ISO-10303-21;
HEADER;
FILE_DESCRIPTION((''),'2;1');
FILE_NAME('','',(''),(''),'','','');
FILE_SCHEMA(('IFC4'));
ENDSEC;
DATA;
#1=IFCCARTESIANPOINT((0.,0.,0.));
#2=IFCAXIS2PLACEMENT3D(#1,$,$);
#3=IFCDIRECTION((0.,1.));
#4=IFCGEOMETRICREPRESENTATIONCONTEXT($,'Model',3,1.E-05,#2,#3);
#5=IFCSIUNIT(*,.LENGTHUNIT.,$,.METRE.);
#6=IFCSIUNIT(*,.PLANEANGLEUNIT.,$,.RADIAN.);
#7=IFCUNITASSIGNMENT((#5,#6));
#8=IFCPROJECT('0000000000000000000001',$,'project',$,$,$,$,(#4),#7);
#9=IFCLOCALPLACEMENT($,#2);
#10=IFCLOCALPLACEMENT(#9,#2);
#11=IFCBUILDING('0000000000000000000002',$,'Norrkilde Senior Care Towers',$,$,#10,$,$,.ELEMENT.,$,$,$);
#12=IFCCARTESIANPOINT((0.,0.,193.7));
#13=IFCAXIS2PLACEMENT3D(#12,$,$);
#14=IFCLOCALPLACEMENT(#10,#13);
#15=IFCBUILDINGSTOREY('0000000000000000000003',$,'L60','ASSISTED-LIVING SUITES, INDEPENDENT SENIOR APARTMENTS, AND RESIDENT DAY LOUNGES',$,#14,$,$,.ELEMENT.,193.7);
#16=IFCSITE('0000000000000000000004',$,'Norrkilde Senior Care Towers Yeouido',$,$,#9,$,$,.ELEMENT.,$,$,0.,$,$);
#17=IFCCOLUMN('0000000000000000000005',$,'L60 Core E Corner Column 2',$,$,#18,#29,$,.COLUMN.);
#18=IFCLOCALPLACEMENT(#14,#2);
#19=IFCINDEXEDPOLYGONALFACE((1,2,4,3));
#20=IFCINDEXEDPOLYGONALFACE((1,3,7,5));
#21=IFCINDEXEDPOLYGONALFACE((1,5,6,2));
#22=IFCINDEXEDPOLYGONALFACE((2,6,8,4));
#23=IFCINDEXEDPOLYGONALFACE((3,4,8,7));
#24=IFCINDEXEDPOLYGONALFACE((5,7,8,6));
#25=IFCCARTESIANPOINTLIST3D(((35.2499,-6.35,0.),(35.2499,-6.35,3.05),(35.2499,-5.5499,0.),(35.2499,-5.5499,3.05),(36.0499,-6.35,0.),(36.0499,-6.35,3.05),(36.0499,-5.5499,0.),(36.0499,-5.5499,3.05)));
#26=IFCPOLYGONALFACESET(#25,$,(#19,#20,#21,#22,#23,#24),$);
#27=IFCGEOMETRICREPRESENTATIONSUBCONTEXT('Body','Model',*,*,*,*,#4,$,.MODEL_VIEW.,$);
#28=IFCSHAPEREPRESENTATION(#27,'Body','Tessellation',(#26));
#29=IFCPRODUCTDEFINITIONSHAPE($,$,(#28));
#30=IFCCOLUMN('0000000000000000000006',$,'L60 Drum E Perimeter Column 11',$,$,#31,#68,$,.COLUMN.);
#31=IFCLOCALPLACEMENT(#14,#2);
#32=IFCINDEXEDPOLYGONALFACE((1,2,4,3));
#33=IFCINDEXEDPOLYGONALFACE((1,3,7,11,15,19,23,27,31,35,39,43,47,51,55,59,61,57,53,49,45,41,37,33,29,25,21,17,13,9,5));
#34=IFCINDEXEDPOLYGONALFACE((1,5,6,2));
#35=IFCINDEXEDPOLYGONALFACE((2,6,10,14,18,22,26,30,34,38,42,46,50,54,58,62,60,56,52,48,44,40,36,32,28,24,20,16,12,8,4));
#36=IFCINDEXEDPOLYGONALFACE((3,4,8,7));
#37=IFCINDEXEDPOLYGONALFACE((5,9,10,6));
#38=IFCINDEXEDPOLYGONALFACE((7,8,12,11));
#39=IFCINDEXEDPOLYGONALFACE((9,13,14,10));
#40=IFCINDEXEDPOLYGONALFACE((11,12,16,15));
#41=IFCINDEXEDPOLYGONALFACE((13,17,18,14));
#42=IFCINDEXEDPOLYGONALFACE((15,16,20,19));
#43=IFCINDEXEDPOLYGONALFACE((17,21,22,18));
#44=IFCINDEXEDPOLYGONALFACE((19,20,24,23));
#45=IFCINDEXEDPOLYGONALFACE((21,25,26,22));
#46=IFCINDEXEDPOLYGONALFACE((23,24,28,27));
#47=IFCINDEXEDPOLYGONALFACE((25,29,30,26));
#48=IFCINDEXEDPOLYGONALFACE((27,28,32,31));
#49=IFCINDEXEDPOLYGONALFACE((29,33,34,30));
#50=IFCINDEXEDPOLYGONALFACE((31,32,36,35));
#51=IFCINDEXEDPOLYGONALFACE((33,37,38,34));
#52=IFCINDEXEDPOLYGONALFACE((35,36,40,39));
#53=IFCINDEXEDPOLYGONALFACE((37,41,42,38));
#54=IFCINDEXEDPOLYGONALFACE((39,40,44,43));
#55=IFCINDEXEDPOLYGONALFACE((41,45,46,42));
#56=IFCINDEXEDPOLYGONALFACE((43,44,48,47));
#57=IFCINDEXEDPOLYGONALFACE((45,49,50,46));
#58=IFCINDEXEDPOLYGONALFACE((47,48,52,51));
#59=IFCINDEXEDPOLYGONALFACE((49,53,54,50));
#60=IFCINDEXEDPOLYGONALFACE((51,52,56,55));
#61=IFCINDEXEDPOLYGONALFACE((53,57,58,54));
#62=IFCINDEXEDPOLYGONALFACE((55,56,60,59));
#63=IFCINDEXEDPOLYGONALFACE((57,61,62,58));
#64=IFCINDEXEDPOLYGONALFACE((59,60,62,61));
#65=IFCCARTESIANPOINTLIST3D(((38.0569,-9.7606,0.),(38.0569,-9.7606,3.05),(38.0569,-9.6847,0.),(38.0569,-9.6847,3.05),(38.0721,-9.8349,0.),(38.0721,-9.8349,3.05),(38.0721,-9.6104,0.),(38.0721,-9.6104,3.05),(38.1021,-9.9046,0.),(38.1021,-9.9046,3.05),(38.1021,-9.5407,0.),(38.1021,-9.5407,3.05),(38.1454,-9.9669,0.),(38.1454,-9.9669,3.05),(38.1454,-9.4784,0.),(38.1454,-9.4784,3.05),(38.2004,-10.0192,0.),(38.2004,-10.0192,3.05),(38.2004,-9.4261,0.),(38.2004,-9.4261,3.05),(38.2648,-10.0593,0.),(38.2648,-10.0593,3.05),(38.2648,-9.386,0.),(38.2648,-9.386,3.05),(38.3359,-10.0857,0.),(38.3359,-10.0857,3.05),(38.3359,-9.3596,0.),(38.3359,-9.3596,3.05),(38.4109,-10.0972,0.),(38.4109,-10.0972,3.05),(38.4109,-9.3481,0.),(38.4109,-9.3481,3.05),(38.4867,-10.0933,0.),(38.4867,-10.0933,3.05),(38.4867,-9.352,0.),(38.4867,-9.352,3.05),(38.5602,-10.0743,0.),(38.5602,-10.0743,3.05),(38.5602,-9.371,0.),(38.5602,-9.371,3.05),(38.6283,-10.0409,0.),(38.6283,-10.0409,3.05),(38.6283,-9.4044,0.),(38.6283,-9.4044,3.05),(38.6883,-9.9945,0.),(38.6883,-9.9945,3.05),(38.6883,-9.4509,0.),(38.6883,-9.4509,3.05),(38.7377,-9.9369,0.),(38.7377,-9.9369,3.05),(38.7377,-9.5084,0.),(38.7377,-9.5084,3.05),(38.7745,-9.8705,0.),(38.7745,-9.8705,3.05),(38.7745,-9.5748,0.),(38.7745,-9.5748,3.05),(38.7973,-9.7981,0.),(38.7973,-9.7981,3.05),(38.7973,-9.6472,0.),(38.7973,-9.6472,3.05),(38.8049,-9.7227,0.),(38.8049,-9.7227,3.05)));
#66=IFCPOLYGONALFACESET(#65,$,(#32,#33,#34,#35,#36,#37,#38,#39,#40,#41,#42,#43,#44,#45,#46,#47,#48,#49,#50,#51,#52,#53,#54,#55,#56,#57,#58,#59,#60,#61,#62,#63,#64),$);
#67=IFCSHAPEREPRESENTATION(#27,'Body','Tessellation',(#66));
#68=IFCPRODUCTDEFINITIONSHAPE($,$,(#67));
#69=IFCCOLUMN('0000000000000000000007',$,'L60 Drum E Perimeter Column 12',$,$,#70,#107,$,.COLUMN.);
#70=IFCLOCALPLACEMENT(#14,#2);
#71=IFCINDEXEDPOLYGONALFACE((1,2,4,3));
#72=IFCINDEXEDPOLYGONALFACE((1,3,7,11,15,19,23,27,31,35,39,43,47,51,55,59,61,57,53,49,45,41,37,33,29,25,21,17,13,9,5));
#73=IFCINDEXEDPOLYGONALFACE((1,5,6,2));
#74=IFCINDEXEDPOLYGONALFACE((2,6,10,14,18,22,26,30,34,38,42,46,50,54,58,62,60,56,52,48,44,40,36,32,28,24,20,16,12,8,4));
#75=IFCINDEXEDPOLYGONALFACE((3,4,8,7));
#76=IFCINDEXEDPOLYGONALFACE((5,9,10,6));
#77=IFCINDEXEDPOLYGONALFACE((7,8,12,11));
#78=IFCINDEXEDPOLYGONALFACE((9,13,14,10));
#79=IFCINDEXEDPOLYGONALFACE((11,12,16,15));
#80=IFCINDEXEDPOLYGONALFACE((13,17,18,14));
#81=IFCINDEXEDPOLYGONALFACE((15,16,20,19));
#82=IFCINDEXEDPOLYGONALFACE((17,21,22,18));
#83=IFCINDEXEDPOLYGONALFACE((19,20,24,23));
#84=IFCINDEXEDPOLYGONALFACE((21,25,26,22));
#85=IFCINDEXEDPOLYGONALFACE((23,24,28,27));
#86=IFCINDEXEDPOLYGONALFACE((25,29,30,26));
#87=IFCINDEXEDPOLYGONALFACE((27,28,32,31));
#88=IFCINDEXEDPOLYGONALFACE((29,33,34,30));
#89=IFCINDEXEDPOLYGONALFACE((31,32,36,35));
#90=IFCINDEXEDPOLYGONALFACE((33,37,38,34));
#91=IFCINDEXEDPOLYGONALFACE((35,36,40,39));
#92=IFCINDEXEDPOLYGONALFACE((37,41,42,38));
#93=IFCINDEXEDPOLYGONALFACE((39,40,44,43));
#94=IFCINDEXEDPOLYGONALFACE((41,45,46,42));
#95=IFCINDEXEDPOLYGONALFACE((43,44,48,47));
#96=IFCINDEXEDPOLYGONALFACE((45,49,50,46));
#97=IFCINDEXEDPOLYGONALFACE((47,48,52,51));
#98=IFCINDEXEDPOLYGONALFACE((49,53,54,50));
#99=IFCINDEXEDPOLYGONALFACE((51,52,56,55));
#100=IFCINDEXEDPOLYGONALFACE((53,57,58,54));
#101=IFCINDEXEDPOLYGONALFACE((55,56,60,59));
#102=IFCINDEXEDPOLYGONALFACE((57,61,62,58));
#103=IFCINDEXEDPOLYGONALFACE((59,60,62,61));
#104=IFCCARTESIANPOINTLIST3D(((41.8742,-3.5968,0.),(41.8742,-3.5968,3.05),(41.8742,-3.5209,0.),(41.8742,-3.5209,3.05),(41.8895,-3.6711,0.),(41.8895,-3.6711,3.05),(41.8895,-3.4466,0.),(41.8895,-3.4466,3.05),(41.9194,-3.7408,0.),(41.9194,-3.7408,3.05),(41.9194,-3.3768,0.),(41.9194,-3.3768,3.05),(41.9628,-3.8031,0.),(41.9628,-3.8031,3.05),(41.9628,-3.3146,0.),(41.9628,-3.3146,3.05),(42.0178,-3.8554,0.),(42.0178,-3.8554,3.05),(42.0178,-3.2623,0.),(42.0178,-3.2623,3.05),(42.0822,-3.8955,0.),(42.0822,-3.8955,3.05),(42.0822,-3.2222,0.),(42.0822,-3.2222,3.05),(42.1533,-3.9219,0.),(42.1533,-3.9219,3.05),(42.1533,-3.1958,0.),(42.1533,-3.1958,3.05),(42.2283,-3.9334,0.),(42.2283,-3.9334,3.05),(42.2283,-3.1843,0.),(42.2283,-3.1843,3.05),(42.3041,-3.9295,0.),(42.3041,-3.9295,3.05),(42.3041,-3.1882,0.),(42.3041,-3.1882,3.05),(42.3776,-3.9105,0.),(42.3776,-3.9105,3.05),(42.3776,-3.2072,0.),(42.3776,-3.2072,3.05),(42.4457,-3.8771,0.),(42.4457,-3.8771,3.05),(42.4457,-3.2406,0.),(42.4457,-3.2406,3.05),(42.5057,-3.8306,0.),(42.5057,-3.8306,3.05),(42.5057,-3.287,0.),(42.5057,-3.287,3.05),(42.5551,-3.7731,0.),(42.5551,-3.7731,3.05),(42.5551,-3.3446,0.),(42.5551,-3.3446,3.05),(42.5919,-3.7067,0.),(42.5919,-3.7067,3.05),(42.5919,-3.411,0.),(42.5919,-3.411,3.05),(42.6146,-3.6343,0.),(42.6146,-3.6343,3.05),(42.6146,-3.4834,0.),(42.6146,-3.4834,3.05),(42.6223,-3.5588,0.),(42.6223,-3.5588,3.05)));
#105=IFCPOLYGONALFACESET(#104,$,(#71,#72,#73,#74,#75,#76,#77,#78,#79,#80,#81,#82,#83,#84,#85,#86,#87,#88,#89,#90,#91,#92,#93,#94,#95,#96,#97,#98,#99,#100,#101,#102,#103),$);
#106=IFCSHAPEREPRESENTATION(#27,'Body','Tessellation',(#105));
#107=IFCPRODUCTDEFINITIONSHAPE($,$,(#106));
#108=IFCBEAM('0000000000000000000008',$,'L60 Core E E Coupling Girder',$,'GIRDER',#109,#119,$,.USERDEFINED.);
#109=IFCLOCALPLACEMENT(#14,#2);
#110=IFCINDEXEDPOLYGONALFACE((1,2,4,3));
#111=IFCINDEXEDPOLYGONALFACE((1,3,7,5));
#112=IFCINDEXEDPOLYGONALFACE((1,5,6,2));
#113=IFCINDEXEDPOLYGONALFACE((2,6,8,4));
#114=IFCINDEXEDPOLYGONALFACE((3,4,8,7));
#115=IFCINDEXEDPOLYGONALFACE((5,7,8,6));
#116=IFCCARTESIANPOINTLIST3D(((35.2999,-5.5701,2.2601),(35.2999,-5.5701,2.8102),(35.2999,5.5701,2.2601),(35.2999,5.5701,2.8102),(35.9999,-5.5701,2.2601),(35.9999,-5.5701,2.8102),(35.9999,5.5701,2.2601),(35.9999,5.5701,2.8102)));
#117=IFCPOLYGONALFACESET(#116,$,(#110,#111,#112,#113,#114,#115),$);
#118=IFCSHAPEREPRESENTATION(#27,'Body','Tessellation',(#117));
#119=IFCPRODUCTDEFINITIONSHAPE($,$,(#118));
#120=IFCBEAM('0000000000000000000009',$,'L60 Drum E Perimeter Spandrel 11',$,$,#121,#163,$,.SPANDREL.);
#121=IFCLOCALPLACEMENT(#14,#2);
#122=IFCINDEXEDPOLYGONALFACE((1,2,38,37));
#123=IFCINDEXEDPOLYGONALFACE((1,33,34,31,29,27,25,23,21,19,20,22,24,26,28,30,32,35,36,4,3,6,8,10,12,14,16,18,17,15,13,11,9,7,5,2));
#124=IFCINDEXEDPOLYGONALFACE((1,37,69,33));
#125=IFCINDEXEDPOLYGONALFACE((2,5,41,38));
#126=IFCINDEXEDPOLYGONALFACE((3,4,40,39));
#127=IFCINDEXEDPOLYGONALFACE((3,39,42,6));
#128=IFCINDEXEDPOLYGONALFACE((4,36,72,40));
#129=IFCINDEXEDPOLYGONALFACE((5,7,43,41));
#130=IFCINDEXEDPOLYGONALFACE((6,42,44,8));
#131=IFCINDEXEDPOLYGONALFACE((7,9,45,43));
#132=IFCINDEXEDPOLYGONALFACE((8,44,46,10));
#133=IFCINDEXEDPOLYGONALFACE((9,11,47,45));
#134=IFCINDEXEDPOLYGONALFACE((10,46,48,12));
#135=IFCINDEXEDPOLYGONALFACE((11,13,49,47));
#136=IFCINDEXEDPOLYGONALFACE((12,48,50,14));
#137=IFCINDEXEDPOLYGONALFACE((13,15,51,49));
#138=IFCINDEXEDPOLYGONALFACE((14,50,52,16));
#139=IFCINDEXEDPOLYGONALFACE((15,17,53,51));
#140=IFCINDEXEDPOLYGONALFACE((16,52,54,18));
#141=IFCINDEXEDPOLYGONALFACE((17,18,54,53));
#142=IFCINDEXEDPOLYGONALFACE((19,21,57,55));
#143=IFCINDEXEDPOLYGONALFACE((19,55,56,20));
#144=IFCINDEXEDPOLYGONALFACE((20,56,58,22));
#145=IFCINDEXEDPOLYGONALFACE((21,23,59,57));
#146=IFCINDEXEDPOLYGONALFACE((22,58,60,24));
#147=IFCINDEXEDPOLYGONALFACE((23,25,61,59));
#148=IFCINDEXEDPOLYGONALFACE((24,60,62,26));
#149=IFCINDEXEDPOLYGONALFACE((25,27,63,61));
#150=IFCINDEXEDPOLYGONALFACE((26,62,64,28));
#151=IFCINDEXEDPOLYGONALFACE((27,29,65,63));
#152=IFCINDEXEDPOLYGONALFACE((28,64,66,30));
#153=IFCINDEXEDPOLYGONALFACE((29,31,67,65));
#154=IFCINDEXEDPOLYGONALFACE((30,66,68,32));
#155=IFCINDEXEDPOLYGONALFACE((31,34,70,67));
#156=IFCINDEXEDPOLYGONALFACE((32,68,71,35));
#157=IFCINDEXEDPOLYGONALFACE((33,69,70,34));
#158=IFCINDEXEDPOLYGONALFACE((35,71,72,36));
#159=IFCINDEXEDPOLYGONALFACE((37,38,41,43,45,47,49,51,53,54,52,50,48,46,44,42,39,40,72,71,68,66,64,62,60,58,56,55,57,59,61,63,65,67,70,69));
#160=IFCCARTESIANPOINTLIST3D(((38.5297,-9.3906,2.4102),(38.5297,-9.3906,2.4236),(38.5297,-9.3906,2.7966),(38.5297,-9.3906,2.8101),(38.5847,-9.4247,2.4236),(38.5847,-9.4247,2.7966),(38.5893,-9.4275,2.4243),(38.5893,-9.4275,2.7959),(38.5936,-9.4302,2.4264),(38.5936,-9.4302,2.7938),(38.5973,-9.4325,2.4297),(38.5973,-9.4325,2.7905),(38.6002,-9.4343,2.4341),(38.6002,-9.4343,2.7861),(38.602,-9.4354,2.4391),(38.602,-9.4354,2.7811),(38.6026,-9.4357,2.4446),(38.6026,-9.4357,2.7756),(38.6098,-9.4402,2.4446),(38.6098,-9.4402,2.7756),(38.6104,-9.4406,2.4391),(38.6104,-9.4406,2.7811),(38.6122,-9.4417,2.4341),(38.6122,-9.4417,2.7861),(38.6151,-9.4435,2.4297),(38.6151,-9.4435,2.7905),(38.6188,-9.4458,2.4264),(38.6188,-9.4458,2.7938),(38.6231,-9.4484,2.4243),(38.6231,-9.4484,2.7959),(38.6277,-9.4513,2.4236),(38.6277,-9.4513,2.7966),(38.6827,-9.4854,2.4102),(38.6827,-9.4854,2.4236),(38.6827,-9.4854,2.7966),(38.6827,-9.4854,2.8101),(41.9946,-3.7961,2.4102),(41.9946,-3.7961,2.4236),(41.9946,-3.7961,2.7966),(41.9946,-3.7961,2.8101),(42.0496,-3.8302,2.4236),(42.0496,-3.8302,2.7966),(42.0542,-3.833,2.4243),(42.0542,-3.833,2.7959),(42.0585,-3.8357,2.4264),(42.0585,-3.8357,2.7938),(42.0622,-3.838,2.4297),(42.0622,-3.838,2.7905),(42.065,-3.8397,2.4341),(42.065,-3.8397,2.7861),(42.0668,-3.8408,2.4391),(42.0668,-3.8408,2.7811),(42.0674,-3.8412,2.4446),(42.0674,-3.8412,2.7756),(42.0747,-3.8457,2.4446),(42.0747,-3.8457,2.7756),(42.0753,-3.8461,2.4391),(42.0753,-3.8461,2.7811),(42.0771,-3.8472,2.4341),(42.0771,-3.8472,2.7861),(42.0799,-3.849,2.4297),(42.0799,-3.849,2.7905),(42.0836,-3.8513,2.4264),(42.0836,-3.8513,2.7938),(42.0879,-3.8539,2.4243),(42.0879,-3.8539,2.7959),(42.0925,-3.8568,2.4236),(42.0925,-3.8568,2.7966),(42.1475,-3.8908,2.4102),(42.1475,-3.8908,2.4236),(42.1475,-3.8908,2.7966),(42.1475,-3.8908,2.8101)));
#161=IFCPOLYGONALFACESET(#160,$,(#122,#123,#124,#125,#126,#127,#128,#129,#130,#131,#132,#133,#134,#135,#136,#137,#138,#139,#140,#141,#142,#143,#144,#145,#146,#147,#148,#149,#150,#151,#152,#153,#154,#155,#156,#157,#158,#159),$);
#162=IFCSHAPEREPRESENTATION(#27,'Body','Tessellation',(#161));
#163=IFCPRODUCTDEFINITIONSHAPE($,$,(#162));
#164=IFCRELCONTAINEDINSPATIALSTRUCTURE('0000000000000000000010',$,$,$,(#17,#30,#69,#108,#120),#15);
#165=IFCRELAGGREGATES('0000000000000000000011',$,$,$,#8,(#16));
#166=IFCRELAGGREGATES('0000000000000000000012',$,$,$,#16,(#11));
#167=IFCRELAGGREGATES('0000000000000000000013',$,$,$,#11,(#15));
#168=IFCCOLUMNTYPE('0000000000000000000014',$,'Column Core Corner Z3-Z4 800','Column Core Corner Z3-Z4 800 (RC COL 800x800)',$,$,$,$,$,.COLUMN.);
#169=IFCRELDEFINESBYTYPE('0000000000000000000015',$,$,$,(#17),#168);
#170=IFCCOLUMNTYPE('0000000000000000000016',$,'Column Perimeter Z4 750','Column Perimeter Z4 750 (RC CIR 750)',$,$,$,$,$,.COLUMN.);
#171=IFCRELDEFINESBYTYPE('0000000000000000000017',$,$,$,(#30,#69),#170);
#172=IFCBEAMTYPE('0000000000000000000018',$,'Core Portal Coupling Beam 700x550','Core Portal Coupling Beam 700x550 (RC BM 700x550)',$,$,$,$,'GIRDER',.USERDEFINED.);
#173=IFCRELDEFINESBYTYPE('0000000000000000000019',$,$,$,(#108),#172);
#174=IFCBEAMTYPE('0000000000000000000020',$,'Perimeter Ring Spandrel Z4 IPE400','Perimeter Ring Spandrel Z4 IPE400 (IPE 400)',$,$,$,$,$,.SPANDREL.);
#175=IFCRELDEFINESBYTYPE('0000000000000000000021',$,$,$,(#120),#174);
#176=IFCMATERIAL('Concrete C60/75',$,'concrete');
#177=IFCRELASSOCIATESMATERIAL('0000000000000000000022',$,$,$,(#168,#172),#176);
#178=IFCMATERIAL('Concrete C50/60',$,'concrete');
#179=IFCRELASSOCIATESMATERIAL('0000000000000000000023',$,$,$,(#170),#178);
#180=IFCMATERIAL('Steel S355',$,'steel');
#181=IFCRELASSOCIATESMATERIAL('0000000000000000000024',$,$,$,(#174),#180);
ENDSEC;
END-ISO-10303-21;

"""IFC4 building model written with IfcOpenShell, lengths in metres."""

from ifc_helpers import new_model, si_unit, direction, frame, origin, origin_2d, place, context, subcontext, project, spatial, rectangle, circle, i_section, extrude, source, transform, mapped, material, material_profile, profile_set, type_object, type_shapes, element, save


model = new_model("IFC4")

# Units and contexts
model_context = context("Model", 3, precision=1e-05, world=origin(), true_north=direction((0.0, 1.0)))
body_context = subcontext(model_context, "Body", "Model", "MODEL_VIEW")
ifc_project = project(units=[si_unit("LENGTHUNIT", "METRE"), si_unit("PLANEANGLEUNIT", "RADIAN")], contexts=[model_context])

# Site, building, storey
site_placement = place(None, origin())
site = spatial("IfcSite", under=ifc_project, at=site_placement, Name="Norrkilde Senior Care Towers Yeouido", CompositionType="ELEMENT", RefElevation=0.0)
building_placement = place(site_placement, origin())
building = spatial("IfcBuilding", under=site, at=building_placement, Name="Norrkilde Senior Care Towers", CompositionType="ELEMENT")
storey_placement = place(building_placement, frame((0.0, 0.0, 193.7)))
storey = spatial("IfcBuildingStorey", under=building, at=storey_placement, Name="L60", Description="ASSISTED-LIVING SUITES, INDEPENDENT SENIOR APARTMENTS, AND RESIDENT DAY LOUNGES", CompositionType="ELEMENT", Elevation=193.7)

# Columns
ifc_material_1 = material(Name="Concrete C60/75", Category="concrete")
ifc_material_profile_1 = material_profile(ifc_material_1, rectangle(XDim=0.8, YDim=0.8, at=origin_2d()), Name="RC COL 800x800")
ifc_profile_set_1 = profile_set([ifc_material_profile_1], Name="Concrete C60/75")
column_type_1 = type_object("IfcColumnType", Name="Column Core Corner Z3-Z4 800", Description="Column Core Corner Z3-Z4 800 (RC COL 800x800)", PredefinedType="COLUMN", material=ifc_profile_set_1)
shared_shape_1 = source(origin(), body_context, "Body", "SweptSolid", [
    extrude(rectangle(XDim=0.8, YDim=0.8, at=origin_2d()), origin(), (0.0, 0.0, 1.0), 3.05),
])
type_shapes(column_type_1, [shared_shape_1])
column_placement = place(storey_placement, frame((35.6499, -5.95, 0.0), z_axis=(0.0, 0.0, 1.0), x_axis=(1.0, 0.0, 0.0)))
element("IfcColumn", 1, at=column_placement, inside=storey, type_object=column_type_1, Name="L60 Core E Corner Column 2", PredefinedType="COLUMN", context=body_context, shape_type="MappedRepresentation", body=[
    mapped(shared_shape_1, transform((0.0, 0.0, 0.0), x_axis=(1.0, 0.0, 0.0), y_axis=(0.0, 1.0, 0.0), z_axis=(0.0, 0.0, 1.0), scale=1.0)),
])
ifc_material_2 = material(Name="Concrete C50/60", Category="concrete")
ifc_material_profile_2 = material_profile(ifc_material_2, circle(Radius=0.375, at=origin_2d()), Name="RC CIR 750")
ifc_profile_set_2 = profile_set([ifc_material_profile_2], Name="Concrete C50/60")
column_type_2 = type_object("IfcColumnType", Name="Column Perimeter Z4 750", Description="Column Perimeter Z4 750 (RC CIR 750)", PredefinedType="COLUMN", material=ifc_profile_set_2)
shared_shape_2 = source(origin(), body_context, "Body", "SweptSolid", [
    extrude(circle(Radius=0.375, at=origin_2d()), origin(), (0.0, 0.0, 1.0), 3.05),
])
type_shapes(column_type_2, [shared_shape_2])
for number, where, z_axis, x_axis, name in (
    (2, (38.4299, -9.7227, 0.0), (0.0, 0.0, 1.0), (1.0, 0.0, 0.0), "L60 Drum E Perimeter Column 11"),
    (3, (42.2473, -3.5588, 0.0), (0.0, 0.0, 1.0), (1.0, 0.0, 0.0), "L60 Drum E Perimeter Column 12"),
):
    element("IfcColumn", number, at=place(storey_placement, frame(where, z_axis=z_axis, x_axis=x_axis)), inside=storey, type_object=column_type_2, Name=name, PredefinedType="COLUMN", context=body_context, shape_type="MappedRepresentation", body=[
        mapped(shared_shape_2, transform((0.0, 0.0, 0.0), x_axis=(1.0, 0.0, 0.0), y_axis=(0.0, 1.0, 0.0), z_axis=(0.0, 0.0, 1.0), scale=1.0)),
    ])

# Beams
ifc_material_profile_3 = material_profile(ifc_material_1, rectangle(XDim=0.7, YDim=0.55, at=origin_2d()), Name="RC BM 700x550")
ifc_profile_set_3 = profile_set([ifc_material_profile_3], Name="Concrete C60/75")
beam_type_1 = type_object("IfcBeamType", Name="Core Portal Coupling Beam 700x550", Description="Core Portal Coupling Beam 700x550 (RC BM 700x550)", ElementType="GIRDER", PredefinedType="USERDEFINED", material=ifc_profile_set_3)
shared_shape_3 = source(origin(), body_context, "Body", "SweptSolid", [
    extrude(rectangle(XDim=0.7, YDim=0.55, at=origin_2d()), origin(), (0.0, 0.0, 1.0), 11.1401),
])
type_shapes(beam_type_1, [shared_shape_3])
beam_1_placement = place(storey_placement, frame((35.6499, -5.5701, 2.5352), z_axis=(0.0, 1.0, 0.0), x_axis=(-1.0, 0.0, 0.0)))
element("IfcBeam", 4, at=beam_1_placement, inside=storey, type_object=beam_type_1, Name="L60 Core E E Coupling Girder", ObjectType="GIRDER", PredefinedType="USERDEFINED", context=body_context, shape_type="MappedRepresentation", body=[
    mapped(shared_shape_3, transform((0.0, 0.0, 0.0), x_axis=(1.0, 0.0, 0.0), y_axis=(0.0, 1.0, 0.0), z_axis=(0.0, 0.0, 1.0), scale=1.0)),
])
ifc_material_3 = material(Name="Steel S355", Category="steel")
ifc_material_profile_4 = material_profile(ifc_material_3, i_section(OverallWidth=0.1799, OverallDepth=0.3999, WebThickness=0.0085, FlangeThickness=0.0134, FilletRadius=0.021, at=origin_2d()), Name="IPE 400")
ifc_profile_set_4 = profile_set([ifc_material_profile_4], Name="Steel S355")
beam_type_2 = type_object("IfcBeamType", Name="Perimeter Ring Spandrel Z4 IPE400", Description="Perimeter Ring Spandrel Z4 IPE400 (IPE 400)", PredefinedType="SPANDREL", material=ifc_profile_set_4)
shared_shape_4 = source(origin(), body_context, "Body", "SweptSolid", [
    extrude(i_section(OverallWidth=0.1799, OverallDepth=0.3999, WebThickness=0.0085, FlangeThickness=0.0134, FilletRadius=0.021, at=origin_2d()), origin(), (0.0, 0.0, 1.0), 6.5806),
])
beam_2_placement = place(storey_placement, frame((38.6062, -9.438, 2.6101), z_axis=(0.52653, 0.850157, 0.0), x_axis=(-0.850157, 0.52653, 0.0)))
element("IfcBeam", 5, at=beam_2_placement, inside=storey, type_object=beam_type_2, Name="L60 Drum E Perimeter Spandrel 11", PredefinedType="SPANDREL", context=body_context, shape_type="MappedRepresentation", body=[
    mapped(shared_shape_4, transform((0.0, 0.0, 0.0), x_axis=(1.0, 0.0, 0.0), y_axis=(0.0, 1.0, 0.0), z_axis=(0.0, 0.0, 1.0), scale=1.0)),
])

save(model, "model.ifc")
